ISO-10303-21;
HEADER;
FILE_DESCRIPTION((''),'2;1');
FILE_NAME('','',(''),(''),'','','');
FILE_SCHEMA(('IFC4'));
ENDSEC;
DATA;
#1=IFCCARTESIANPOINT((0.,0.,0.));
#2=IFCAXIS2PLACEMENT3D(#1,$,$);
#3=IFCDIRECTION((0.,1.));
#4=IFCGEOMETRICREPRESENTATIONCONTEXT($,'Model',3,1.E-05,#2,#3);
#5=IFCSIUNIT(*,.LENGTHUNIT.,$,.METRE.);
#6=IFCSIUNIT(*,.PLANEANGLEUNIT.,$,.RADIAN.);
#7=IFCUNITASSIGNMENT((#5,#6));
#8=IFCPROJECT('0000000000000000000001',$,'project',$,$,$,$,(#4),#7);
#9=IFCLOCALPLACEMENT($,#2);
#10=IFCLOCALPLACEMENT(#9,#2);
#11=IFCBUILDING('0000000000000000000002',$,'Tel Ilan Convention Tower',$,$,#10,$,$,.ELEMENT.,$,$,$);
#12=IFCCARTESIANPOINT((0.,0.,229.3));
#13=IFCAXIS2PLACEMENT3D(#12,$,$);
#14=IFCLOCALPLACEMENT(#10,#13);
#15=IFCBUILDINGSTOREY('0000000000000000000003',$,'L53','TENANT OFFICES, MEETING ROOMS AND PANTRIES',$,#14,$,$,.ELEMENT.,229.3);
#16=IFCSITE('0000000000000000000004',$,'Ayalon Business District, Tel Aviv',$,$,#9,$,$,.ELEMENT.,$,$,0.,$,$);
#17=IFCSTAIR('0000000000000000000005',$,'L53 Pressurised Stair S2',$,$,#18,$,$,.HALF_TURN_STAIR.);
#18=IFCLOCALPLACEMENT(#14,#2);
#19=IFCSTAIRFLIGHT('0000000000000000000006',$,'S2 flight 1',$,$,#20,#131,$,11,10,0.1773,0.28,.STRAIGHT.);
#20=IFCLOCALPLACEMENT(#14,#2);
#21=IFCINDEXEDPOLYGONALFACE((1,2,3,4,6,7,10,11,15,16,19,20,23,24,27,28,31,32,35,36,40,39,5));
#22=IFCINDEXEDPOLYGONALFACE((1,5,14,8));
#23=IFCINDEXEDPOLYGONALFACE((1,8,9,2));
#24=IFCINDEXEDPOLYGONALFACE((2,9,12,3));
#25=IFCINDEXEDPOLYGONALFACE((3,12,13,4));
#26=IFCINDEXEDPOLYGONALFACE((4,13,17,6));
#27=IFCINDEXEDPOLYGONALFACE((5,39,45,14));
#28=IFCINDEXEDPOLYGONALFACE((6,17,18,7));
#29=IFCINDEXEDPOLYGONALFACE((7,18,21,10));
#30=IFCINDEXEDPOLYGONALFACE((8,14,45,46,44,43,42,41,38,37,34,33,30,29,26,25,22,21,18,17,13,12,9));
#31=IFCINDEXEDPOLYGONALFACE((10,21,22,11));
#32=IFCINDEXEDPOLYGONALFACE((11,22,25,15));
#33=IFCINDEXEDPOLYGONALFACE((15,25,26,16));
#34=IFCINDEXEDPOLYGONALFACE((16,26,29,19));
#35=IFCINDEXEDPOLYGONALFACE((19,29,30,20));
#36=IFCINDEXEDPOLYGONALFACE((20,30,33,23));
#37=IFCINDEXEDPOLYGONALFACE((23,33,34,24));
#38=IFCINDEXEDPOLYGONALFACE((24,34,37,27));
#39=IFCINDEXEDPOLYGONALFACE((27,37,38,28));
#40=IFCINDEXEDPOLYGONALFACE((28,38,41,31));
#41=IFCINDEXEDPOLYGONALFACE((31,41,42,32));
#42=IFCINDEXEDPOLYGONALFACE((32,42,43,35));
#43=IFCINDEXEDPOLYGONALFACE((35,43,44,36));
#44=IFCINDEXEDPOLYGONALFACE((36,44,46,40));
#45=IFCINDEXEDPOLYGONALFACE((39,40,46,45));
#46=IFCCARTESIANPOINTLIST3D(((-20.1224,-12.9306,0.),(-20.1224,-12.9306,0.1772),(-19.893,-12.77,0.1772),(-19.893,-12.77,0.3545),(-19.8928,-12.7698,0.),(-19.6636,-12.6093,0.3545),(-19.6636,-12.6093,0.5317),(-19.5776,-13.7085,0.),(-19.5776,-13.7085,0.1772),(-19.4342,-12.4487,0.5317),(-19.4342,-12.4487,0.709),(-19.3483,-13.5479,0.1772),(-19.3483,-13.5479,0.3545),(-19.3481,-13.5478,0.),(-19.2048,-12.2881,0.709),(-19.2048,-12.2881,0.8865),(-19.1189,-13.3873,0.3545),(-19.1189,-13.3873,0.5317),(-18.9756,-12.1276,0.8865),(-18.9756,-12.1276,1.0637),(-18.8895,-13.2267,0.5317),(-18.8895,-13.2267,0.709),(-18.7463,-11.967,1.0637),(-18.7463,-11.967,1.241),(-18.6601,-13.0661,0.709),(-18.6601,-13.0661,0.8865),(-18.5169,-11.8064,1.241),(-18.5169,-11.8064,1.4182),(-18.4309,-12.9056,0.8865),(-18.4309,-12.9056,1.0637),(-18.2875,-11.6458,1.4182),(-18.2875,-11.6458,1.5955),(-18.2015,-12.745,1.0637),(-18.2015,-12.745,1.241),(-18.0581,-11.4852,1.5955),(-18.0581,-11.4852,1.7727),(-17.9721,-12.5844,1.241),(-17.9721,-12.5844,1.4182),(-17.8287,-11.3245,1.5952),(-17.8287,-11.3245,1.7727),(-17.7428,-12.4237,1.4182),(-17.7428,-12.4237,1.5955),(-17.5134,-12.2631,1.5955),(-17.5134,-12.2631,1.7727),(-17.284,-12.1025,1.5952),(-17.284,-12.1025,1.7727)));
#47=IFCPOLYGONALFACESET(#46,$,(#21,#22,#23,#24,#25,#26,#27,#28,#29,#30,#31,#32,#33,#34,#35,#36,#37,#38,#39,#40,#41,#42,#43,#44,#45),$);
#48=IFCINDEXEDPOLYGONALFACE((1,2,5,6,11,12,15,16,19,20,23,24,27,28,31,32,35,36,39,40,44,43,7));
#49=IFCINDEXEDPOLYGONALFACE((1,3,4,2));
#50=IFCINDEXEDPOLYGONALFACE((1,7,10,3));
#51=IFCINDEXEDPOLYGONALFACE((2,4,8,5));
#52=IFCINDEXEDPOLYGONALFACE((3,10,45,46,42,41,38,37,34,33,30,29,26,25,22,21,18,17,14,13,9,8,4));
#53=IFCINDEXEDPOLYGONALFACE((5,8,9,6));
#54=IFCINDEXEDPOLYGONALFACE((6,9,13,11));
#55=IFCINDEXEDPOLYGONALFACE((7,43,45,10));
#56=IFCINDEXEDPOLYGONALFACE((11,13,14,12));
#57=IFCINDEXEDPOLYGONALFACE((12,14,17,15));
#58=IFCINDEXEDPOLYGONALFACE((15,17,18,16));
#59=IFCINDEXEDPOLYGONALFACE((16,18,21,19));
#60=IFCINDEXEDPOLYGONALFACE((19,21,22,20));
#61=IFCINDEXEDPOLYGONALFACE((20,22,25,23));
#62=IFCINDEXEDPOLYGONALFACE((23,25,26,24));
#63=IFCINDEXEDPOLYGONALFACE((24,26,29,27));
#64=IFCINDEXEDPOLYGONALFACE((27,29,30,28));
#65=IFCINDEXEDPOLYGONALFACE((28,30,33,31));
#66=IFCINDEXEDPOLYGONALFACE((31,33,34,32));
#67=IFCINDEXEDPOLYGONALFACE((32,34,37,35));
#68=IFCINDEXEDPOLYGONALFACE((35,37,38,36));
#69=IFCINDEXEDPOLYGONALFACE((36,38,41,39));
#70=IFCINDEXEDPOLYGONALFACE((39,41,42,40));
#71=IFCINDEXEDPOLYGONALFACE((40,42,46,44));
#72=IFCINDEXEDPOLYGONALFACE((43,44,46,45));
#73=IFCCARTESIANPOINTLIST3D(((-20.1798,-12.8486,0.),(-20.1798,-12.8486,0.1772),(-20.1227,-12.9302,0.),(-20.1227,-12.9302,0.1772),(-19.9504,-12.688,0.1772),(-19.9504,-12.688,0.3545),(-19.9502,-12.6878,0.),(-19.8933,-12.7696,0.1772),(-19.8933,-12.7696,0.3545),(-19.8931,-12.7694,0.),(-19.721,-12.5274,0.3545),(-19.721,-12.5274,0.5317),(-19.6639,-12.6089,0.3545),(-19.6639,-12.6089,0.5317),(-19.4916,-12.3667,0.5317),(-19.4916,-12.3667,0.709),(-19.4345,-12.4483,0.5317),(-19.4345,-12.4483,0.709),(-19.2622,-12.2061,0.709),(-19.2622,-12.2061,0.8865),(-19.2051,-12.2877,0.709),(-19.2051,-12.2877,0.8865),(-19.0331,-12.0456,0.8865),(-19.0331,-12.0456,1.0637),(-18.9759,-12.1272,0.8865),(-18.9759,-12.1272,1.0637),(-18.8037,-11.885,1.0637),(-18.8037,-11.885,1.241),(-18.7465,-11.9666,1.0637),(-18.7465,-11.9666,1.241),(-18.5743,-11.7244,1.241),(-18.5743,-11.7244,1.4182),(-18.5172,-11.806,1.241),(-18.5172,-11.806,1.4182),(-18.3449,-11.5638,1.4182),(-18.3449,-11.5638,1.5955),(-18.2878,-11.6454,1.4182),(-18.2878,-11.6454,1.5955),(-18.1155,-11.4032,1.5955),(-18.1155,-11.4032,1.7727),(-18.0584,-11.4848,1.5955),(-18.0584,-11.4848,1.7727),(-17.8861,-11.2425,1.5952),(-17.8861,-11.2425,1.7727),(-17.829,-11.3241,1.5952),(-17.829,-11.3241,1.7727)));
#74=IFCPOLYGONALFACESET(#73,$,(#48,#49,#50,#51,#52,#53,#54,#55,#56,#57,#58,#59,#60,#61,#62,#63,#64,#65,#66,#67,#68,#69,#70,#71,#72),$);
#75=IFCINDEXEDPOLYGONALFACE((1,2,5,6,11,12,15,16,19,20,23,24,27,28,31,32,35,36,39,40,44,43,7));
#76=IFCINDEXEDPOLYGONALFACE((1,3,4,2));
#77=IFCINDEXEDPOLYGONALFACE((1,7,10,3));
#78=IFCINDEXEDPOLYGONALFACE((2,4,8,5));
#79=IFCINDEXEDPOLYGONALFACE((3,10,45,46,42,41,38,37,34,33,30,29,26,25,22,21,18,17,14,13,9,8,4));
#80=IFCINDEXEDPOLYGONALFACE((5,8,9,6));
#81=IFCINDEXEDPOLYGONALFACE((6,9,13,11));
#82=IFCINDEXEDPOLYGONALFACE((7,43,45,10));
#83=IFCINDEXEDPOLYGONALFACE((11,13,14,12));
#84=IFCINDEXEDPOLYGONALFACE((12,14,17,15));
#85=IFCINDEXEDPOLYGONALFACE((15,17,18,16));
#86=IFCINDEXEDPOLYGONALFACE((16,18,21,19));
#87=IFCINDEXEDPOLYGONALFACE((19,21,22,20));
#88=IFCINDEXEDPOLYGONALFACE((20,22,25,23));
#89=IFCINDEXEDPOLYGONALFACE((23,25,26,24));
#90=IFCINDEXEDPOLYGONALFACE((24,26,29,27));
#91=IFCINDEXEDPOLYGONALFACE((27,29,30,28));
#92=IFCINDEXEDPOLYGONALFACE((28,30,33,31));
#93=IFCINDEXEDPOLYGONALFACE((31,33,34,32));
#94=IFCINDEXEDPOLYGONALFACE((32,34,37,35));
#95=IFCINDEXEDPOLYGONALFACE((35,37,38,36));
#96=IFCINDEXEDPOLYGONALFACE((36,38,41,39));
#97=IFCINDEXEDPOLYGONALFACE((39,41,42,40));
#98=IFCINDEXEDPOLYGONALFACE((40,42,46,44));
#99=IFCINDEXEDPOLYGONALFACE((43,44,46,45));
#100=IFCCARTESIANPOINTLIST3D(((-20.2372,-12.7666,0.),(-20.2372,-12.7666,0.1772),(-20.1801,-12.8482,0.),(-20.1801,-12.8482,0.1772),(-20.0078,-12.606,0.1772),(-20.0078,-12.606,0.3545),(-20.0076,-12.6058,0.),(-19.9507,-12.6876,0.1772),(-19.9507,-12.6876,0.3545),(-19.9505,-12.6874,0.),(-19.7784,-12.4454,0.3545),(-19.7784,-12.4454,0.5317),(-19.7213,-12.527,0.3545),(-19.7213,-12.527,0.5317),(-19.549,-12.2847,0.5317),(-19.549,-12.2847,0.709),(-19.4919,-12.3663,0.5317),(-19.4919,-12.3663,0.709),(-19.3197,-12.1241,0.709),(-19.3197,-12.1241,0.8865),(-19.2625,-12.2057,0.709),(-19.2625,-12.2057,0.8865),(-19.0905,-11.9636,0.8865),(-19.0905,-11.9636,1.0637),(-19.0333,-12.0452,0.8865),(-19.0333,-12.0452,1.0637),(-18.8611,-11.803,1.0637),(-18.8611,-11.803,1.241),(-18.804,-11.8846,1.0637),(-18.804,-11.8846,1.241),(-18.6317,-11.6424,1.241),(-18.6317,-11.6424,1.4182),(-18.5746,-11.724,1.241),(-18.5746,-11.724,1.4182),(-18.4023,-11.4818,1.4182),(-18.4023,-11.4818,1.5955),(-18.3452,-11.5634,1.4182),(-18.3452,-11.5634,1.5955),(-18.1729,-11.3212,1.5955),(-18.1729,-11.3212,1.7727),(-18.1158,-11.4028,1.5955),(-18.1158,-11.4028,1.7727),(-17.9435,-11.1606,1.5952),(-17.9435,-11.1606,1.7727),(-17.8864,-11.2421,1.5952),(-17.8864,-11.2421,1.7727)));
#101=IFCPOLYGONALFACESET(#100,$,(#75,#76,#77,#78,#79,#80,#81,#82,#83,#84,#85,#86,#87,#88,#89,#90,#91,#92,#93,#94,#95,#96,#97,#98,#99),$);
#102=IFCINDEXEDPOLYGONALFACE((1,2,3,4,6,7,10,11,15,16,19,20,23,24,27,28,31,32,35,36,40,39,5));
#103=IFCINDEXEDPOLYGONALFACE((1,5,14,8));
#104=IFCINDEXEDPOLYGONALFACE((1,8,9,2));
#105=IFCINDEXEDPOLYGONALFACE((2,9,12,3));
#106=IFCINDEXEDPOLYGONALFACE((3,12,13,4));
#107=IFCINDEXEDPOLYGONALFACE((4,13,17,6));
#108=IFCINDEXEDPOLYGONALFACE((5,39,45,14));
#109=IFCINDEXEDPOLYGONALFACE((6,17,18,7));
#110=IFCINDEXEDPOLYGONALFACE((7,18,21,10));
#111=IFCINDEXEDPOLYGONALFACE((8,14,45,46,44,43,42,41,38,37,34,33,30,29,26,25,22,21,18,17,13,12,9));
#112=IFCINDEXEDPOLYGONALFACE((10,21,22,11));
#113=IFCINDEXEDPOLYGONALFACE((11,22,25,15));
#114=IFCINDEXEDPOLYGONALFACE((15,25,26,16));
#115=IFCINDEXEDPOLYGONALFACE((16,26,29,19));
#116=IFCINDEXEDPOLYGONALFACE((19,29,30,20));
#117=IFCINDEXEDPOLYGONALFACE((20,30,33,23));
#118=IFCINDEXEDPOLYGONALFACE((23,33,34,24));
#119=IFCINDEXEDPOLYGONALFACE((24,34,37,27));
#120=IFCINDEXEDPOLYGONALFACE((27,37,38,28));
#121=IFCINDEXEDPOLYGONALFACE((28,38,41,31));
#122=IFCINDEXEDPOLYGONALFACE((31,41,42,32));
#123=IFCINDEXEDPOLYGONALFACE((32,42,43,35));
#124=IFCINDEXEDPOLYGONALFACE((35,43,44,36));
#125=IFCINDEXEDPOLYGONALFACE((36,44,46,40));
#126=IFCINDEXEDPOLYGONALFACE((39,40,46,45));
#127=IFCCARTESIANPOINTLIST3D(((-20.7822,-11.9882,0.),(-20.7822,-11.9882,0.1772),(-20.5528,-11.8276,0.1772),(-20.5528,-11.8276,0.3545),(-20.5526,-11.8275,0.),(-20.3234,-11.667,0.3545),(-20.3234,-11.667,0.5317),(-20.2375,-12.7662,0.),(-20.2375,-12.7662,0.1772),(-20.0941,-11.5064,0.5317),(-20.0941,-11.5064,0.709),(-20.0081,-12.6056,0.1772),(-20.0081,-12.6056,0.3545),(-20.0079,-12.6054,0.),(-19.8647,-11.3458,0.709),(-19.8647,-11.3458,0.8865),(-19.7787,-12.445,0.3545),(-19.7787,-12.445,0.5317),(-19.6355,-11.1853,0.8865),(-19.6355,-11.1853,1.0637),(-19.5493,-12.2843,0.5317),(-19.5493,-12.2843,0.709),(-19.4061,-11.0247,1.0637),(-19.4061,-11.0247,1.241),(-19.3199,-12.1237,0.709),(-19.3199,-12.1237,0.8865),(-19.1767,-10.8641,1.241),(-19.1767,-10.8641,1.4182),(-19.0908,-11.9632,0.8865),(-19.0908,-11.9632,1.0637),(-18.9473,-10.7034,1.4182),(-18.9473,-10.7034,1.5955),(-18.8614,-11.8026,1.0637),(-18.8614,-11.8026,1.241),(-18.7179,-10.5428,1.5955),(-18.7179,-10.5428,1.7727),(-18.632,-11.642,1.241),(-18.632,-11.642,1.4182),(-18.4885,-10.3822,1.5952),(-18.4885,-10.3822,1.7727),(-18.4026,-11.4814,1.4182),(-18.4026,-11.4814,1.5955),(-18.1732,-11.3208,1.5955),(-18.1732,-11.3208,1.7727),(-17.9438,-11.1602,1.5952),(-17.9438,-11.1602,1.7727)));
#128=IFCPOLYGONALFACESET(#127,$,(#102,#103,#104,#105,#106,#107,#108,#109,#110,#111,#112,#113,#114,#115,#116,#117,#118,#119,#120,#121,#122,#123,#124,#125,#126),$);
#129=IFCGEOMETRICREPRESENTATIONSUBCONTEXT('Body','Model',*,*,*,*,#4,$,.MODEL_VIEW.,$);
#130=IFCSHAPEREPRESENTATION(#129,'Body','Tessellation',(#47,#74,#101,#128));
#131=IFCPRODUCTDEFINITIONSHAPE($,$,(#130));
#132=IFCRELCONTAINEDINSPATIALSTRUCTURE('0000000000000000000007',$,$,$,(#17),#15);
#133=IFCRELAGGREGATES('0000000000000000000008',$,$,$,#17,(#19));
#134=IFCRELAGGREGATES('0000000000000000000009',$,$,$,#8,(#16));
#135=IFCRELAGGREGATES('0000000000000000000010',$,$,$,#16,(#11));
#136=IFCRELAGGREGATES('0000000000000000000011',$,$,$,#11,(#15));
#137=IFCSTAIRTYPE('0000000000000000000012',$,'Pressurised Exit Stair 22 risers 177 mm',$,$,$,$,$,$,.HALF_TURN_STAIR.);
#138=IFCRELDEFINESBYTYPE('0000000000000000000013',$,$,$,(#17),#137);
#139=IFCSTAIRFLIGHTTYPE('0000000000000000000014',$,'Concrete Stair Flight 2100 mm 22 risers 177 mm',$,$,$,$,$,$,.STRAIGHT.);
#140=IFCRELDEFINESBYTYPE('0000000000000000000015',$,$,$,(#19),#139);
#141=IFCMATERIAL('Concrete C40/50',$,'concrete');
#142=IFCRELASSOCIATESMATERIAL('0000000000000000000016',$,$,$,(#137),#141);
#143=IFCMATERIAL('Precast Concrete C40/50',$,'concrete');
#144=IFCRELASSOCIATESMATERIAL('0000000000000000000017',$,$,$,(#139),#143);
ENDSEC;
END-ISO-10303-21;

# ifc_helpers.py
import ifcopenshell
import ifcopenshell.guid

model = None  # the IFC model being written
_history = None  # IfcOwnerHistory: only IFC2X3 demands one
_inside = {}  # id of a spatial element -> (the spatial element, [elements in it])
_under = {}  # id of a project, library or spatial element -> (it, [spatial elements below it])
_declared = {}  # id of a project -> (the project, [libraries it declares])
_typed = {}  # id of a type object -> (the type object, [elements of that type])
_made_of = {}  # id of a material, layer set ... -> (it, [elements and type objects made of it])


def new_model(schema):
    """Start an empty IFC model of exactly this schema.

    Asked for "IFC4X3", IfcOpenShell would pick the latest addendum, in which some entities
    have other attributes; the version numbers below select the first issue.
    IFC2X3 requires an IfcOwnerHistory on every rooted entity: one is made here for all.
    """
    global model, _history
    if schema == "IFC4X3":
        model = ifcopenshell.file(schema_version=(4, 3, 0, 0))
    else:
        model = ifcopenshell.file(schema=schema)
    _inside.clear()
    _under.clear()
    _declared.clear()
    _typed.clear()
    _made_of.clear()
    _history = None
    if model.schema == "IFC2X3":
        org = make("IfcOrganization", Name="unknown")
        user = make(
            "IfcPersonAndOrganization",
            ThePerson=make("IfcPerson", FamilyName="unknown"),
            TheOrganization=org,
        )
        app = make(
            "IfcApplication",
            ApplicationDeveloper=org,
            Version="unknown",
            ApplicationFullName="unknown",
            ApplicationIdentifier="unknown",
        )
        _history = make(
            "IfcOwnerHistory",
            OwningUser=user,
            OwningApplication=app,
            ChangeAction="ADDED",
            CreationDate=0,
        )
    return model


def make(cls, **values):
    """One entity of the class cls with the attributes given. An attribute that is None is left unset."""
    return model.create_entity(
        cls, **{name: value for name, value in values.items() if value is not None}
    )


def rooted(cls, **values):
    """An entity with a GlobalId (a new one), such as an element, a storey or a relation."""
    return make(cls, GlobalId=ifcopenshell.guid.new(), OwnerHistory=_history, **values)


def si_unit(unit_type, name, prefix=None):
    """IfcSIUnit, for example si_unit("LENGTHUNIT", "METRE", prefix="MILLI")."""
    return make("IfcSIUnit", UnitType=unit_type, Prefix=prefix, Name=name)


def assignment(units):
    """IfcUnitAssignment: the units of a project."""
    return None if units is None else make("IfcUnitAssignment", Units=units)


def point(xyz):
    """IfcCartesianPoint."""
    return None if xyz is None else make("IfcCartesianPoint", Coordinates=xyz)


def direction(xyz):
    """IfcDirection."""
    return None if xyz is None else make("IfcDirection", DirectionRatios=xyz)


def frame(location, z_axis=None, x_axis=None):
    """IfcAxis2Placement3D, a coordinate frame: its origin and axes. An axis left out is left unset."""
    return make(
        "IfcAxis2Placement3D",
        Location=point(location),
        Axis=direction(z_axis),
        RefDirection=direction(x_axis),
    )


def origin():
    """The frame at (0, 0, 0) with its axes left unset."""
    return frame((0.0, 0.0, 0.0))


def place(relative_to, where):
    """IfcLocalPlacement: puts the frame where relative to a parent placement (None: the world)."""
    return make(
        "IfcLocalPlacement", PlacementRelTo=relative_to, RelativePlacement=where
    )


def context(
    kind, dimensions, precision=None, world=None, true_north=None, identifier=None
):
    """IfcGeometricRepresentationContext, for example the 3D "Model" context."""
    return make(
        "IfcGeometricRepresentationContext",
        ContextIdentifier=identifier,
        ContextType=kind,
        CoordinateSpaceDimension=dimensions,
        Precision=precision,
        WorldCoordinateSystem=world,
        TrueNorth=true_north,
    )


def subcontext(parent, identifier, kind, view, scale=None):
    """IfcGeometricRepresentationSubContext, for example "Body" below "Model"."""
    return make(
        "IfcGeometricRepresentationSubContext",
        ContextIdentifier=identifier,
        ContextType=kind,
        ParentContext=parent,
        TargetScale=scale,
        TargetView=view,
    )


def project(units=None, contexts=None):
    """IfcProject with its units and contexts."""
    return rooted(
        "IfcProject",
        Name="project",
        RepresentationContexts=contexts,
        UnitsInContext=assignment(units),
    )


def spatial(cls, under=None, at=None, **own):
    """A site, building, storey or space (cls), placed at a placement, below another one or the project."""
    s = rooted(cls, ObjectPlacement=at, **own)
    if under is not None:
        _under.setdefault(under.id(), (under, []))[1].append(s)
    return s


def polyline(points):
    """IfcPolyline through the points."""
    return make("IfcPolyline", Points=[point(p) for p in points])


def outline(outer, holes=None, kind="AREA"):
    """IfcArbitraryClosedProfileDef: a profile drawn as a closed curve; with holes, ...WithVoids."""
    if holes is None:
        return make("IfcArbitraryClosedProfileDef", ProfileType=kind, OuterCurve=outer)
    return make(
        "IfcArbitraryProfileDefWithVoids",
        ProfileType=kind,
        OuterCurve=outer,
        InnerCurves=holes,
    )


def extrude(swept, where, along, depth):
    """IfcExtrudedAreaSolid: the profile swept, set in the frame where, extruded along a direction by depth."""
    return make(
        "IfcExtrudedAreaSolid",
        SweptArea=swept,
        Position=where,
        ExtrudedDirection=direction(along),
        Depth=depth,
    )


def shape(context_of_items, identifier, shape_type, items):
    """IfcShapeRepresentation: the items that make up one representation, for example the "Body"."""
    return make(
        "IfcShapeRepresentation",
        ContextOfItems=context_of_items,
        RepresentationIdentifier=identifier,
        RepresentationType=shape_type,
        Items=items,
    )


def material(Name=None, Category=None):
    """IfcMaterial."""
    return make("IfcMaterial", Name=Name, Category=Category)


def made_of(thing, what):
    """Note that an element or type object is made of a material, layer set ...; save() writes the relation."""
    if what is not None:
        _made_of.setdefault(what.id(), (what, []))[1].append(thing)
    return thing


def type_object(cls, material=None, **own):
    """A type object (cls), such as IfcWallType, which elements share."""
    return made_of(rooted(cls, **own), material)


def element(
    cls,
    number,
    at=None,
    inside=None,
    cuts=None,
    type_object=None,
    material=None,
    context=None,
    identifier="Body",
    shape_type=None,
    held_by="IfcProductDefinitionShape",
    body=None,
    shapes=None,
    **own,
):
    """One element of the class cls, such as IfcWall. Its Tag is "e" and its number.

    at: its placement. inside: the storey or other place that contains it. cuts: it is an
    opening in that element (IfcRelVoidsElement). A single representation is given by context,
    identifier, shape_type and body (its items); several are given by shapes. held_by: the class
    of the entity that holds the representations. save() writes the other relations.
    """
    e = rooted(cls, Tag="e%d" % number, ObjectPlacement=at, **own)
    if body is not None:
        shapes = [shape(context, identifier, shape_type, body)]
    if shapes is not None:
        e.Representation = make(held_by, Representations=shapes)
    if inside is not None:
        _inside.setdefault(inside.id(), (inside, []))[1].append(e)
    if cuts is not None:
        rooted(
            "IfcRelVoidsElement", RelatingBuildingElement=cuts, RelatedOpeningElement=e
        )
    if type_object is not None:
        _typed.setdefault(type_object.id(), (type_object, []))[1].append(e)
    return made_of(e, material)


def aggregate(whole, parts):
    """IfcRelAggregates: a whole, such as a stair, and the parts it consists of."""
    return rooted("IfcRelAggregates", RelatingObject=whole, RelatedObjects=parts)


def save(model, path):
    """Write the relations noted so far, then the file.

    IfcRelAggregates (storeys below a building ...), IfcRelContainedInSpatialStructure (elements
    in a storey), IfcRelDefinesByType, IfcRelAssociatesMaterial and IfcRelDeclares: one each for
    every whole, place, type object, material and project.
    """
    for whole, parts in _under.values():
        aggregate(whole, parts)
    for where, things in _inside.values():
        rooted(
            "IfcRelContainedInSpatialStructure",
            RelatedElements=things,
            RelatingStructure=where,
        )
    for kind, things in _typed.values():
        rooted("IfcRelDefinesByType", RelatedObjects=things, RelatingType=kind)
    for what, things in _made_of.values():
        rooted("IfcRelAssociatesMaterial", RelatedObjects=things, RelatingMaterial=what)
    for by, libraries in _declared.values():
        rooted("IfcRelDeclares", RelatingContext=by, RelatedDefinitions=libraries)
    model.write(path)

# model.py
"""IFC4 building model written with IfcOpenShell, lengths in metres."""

from ifc_helpers import new_model, si_unit, direction, frame, origin, place, context, subcontext, project, spatial, polyline, outline, extrude, material, type_object, element, aggregate, save


model = new_model("IFC4")

# Units and contexts
model_context = context("Model", 3, precision=1e-05, world=origin(), true_north=direction((0.0, 1.0)))
body_context = subcontext(model_context, "Body", "Model", "MODEL_VIEW")
ifc_project = project(units=[si_unit("LENGTHUNIT", "METRE"), si_unit("PLANEANGLEUNIT", "RADIAN")], contexts=[model_context])

# Site, building, storey
site_placement = place(None, origin())
site = spatial("IfcSite", under=ifc_project, at=site_placement, Name="Ayalon Business District, Tel Aviv", CompositionType="ELEMENT", RefElevation=0.0)
building_placement = place(site_placement, origin())
building = spatial("IfcBuilding", under=site, at=building_placement, Name="Tel Ilan Convention Tower", CompositionType="ELEMENT")
storey_placement = place(building_placement, frame((0.0, 0.0, 229.3)))
storey = spatial("IfcBuildingStorey", under=building, at=storey_placement, Name="L53", Description="TENANT OFFICES, MEETING ROOMS AND PANTRIES", CompositionType="ELEMENT", Elevation=229.3)

# Stair, stair flight
ifc_material_1 = material(Name="Concrete C40/50", Category="concrete")
stair_type = type_object("IfcStairType", Name="Pressurised Exit Stair 22 risers 177 mm", PredefinedType="HALF_TURN_STAIR", material=ifc_material_1)
ifc_material_2 = material(Name="Precast Concrete C40/50", Category="concrete")
stair_flight_type = type_object("IfcStairFlightType", Name="Concrete Stair Flight 2100 mm 22 risers 177 mm", PredefinedType="STRAIGHT", material=ifc_material_2)
stair_1_placement = place(storey_placement, origin())
stair_1 = element("IfcStair", 1, at=stair_1_placement, inside=storey, type_object=stair_type, Name="L53 Pressurised Stair S2", PredefinedType="HALF_TURN_STAIR")
stair_flight_1_placement = place(storey_placement, frame((-20.1799, -12.8484, 0.0), z_axis=(0.0, 0.0, 1.0), x_axis=(0.819152, 0.573576, 0.0)))
stair_flight_1 = element("IfcStairFlight", 2, at=stair_flight_1_placement, type_object=stair_flight_type, Name="S2 flight 1", NumberOfRisers=11, NumberOfTreads=10, PredefinedType="STRAIGHT", RiserHeight=0.1773, TreadLength=0.28, context=body_context, shape_type="SweptSolid", body=[
    extrude(outline(polyline([(0.0, 0.0), (0.0, 0.1772), (0.28, 0.1772), (0.28, 0.3545), (0.5601, 0.3545), (0.5601, 0.5317), (0.8401, 0.5317), (0.8401, 0.709), (1.1201, 0.709), (1.1201, 0.8865), (1.3999, 0.8865), (1.3999, 1.0637), (1.6799, 1.0637), (1.6799, 1.241), (1.96, 1.241), (1.96, 1.4182), (2.24, 1.4182), (2.24, 1.5955), (2.52, 1.5955), (2.52, 1.7727), (2.8, 1.7727), (2.8, 1.95), (2.8, 1.5952), (0.2803, 0.0), (0.0, 0.0)])), frame((0.0, -0.1003, 0.0), z_axis=(0.0, -1.0, 0.0), x_axis=(1.0, 0.0, 0.0)), (0.0, 0.0, 1.0), 0.9497),
    extrude(outline(polyline([(0.0, 0.0), (0.0, 0.1772), (0.28, 0.1772), (0.28, 0.3545), (0.5601, 0.3545), (0.5601, 0.5317), (0.8401, 0.5317), (0.8401, 0.709), (1.1201, 0.709), (1.1201, 0.8865), (1.3999, 0.8865), (1.3999, 1.0637), (1.6799, 1.0637), (1.6799, 1.241), (1.96, 1.241), (1.96, 1.4182), (2.24, 1.4182), (2.24, 1.5955), (2.52, 1.5955), (2.52, 1.7727), (2.8, 1.7727), (2.8, 1.95), (2.8, 1.5952), (0.2803, 0.0), (0.0, 0.0)])), frame((0.0, -0.0002, 0.0), z_axis=(0.0, -1.0, 0.0), x_axis=(1.0, 0.0, 0.0)), (0.0, 0.0, 1.0), 0.0996),
    extrude(outline(polyline([(0.0, 0.0), (0.0, 0.1772), (0.28, 0.1772), (0.28, 0.3545), (0.5601, 0.3545), (0.5601, 0.5317), (0.8401, 0.5317), (0.8401, 0.709), (1.1201, 0.709), (1.1201, 0.8865), (1.3999, 0.8865), (1.3999, 1.0637), (1.6799, 1.0637), (1.6799, 1.241), (1.96, 1.241), (1.96, 1.4182), (2.24, 1.4182), (2.24, 1.5955), (2.52, 1.5955), (2.52, 1.7727), (2.8, 1.7727), (2.8, 1.95), (2.8, 1.5952), (0.2803, 0.0), (0.0, 0.0)])), frame((0.0, 0.0999, 0.0), z_axis=(0.0, -1.0, 0.0), x_axis=(1.0, 0.0, 0.0)), (0.0, 0.0, 1.0), 0.0996),
    extrude(outline(polyline([(0.0, 0.0), (0.0, 0.1772), (0.28, 0.1772), (0.28, 0.3545), (0.5601, 0.3545), (0.5601, 0.5317), (0.8401, 0.5317), (0.8401, 0.709), (1.1201, 0.709), (1.1201, 0.8865), (1.3999, 0.8865), (1.3999, 1.0637), (1.6799, 1.0637), (1.6799, 1.241), (1.96, 1.241), (1.96, 1.4182), (2.24, 1.4182), (2.24, 1.5955), (2.52, 1.5955), (2.52, 1.7727), (2.8, 1.7727), (2.8, 1.95), (2.8, 1.5952), (0.2803, 0.0), (0.0, 0.0)])), frame((0.0, 1.05, 0.0), z_axis=(0.0, -1.0, 0.0), x_axis=(1.0, 0.0, 0.0)), (0.0, 0.0, 1.0), 0.9497),
])
aggregate(stair_1, [stair_flight_1])

save(model, "model.ifc")
